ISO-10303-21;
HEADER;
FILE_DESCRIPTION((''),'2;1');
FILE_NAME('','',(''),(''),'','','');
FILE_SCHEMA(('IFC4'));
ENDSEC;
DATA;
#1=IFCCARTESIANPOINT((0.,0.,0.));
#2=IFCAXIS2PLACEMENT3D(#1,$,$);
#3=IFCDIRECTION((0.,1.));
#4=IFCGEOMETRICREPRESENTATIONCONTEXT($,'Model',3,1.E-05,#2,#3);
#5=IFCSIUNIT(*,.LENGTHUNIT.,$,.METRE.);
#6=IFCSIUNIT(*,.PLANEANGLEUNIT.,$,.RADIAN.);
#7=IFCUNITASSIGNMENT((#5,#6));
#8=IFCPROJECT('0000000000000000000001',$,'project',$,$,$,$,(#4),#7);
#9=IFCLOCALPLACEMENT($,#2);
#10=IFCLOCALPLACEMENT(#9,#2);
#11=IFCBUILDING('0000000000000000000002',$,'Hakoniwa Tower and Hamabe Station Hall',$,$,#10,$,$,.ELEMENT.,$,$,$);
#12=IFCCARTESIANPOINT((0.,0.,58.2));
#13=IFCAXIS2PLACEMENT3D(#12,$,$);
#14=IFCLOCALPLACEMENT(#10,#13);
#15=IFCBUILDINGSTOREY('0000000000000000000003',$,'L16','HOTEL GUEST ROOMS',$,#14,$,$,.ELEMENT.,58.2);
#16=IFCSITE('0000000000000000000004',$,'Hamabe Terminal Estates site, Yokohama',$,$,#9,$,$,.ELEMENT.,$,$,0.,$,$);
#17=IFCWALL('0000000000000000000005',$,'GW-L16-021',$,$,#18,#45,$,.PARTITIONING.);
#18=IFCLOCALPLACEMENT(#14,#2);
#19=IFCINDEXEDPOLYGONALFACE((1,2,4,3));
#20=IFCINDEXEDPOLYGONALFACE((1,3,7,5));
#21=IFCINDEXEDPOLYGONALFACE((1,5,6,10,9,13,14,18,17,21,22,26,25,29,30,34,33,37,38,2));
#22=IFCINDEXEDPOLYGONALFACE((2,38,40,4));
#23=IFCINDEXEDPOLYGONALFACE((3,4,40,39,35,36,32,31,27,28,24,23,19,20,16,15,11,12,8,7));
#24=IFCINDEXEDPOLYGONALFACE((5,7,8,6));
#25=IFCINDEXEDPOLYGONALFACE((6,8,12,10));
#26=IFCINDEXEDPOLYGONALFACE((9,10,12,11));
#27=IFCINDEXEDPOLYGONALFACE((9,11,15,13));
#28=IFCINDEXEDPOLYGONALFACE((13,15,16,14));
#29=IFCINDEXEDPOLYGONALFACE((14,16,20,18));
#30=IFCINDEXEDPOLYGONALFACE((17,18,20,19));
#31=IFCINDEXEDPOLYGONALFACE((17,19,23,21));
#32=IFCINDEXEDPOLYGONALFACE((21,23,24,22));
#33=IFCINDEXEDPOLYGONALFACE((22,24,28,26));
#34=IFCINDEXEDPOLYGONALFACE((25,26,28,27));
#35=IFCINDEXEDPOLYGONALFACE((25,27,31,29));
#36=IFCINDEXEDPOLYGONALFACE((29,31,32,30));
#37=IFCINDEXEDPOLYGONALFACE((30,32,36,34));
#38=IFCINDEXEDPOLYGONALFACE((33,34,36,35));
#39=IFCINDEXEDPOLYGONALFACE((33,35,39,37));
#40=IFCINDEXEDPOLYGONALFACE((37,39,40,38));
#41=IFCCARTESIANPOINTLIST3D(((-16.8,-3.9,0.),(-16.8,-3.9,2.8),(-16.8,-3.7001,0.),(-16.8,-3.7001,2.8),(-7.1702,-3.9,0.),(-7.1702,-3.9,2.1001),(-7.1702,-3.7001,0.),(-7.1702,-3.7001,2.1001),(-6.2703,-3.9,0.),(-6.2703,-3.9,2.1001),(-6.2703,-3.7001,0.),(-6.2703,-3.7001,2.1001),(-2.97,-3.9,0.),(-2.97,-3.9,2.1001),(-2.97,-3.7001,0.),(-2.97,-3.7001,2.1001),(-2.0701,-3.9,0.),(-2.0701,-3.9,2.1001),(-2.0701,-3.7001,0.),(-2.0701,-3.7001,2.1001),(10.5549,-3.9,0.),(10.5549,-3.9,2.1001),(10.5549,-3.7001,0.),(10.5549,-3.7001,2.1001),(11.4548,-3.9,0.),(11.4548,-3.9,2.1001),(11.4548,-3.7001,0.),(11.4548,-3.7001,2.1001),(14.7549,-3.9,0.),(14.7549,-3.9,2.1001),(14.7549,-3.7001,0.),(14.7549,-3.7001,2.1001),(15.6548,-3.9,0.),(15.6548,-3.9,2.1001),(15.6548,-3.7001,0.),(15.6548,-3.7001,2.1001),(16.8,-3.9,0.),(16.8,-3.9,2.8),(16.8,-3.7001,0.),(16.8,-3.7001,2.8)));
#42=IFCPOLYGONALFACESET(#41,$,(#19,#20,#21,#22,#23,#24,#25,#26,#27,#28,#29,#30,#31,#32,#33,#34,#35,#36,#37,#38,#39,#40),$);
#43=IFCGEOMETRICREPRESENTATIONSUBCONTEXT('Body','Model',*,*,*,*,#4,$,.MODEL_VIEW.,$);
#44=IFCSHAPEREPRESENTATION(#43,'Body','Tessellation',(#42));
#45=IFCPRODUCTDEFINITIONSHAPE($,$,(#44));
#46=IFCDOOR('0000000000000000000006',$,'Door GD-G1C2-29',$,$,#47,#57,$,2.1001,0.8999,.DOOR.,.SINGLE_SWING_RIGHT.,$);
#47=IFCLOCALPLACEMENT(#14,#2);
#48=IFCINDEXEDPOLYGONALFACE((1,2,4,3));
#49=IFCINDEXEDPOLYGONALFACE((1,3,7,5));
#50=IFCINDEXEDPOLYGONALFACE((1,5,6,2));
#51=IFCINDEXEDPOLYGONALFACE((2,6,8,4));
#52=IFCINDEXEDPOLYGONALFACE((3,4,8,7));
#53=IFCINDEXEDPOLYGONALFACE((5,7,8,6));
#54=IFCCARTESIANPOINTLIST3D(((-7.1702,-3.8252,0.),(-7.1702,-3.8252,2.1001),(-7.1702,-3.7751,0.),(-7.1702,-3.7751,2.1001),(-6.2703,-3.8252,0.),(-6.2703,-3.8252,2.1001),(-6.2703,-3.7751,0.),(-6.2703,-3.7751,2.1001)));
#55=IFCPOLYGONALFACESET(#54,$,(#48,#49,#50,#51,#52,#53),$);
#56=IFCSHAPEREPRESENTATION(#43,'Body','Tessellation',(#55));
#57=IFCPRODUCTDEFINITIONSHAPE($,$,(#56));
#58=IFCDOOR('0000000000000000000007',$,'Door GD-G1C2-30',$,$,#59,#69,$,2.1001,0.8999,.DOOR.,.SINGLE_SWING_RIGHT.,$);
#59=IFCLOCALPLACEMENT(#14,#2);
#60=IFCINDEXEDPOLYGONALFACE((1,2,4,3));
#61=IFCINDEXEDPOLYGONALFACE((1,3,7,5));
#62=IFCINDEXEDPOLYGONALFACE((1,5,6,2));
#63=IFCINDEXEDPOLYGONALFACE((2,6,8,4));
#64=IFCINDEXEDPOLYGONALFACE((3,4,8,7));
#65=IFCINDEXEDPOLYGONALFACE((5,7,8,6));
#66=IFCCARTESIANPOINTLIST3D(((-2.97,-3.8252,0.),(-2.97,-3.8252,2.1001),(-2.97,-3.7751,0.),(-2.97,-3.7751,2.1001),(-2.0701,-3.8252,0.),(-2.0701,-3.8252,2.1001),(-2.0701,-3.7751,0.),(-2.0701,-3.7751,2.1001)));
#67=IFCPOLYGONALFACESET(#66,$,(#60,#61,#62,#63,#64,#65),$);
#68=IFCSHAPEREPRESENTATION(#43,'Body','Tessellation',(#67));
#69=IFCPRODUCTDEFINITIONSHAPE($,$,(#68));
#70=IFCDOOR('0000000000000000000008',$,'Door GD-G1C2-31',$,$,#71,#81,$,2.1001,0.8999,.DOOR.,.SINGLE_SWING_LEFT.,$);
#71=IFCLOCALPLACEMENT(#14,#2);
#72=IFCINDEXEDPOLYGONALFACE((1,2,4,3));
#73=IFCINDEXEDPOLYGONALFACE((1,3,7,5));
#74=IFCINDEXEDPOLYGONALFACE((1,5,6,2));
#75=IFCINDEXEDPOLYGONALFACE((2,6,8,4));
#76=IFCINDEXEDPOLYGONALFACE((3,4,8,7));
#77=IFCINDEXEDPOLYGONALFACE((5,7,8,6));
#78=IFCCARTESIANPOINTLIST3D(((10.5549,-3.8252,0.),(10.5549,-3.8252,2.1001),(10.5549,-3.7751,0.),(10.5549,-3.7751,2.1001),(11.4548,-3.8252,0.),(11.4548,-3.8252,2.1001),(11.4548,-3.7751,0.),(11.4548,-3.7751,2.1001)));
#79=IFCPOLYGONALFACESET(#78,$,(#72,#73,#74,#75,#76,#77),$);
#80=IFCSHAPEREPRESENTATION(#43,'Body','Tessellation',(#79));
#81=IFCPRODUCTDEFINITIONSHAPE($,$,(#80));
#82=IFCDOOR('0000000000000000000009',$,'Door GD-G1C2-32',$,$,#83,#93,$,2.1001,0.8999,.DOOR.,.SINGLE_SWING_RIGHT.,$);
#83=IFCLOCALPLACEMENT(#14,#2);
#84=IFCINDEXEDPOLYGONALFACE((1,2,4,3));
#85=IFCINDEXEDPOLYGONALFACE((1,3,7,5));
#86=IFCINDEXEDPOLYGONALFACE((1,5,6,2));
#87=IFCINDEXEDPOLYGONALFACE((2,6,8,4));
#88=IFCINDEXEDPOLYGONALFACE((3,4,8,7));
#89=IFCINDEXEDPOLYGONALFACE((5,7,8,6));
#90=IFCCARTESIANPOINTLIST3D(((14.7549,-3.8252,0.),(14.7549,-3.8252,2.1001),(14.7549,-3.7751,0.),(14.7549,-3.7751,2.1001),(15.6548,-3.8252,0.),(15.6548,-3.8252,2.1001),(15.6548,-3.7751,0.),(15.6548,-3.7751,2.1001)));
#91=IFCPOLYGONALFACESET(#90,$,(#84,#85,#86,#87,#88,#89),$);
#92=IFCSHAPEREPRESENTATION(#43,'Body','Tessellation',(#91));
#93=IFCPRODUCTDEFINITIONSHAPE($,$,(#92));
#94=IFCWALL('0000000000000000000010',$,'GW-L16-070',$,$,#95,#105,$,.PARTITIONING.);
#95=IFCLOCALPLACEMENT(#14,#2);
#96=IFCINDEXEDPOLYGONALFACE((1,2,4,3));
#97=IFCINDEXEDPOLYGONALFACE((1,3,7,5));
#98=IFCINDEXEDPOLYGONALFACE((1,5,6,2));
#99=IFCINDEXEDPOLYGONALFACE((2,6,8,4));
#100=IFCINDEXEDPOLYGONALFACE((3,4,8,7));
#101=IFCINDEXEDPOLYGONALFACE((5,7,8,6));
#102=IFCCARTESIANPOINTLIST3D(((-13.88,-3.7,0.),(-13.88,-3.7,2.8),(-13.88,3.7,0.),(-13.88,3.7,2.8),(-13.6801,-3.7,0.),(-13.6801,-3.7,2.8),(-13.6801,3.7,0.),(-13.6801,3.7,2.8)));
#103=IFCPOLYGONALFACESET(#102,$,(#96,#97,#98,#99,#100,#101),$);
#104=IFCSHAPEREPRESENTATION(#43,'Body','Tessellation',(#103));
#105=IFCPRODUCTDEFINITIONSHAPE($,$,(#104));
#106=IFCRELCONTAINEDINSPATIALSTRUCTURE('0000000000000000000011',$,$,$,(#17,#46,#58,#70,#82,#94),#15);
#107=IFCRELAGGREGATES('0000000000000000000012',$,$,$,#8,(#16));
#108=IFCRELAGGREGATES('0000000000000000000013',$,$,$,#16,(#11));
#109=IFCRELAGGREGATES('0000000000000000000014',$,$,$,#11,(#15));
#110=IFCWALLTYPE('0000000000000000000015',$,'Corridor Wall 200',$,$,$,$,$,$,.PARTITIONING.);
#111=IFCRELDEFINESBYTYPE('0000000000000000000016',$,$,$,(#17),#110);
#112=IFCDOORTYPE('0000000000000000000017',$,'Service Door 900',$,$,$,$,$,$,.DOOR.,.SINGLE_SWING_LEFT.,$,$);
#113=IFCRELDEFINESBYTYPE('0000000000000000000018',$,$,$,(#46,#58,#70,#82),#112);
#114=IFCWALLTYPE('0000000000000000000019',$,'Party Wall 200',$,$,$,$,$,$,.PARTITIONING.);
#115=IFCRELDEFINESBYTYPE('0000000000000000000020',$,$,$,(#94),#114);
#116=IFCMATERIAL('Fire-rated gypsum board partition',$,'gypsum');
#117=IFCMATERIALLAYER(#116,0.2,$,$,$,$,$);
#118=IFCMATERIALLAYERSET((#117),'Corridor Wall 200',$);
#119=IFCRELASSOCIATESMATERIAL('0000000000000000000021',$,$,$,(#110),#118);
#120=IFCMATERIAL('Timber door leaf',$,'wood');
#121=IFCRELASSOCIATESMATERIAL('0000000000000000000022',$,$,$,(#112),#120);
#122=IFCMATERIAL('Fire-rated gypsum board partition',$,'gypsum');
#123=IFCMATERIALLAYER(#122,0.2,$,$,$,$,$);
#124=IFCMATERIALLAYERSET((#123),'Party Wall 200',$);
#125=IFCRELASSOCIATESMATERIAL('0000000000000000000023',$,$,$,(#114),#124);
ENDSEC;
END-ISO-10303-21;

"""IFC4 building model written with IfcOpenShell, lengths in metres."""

from ifc_helpers import new_model, si_unit, direction, frame, frame_2d, origin, place, context, subcontext, project, spatial, rectangle, extrude, material, layer, layer_set, type_object, element, fill, save


model = new_model("IFC4")

# Units and contexts
model_context = context("Model", 3, precision=1e-05, world=origin(), true_north=direction((0.0, 1.0)))
body_context = subcontext(model_context, "Body", "Model", "MODEL_VIEW")
ifc_project = project(units=[si_unit("LENGTHUNIT", "METRE"), si_unit("PLANEANGLEUNIT", "RADIAN")], contexts=[model_context])

# Site, building, storey
site_placement = place(None, origin())
site = spatial("IfcSite", under=ifc_project, at=site_placement, Name="Hamabe Terminal Estates site, Yokohama", CompositionType="ELEMENT", RefElevation=0.0)
building_placement = place(site_placement, origin())
building = spatial("IfcBuilding", under=site, at=building_placement, Name="Hakoniwa Tower and Hamabe Station Hall", CompositionType="ELEMENT")
storey_placement = place(building_placement, frame((0.0, 0.0, 58.2)))
storey = spatial("IfcBuildingStorey", under=building, at=storey_placement, Name="L16", Description="HOTEL GUEST ROOMS", CompositionType="ELEMENT", Elevation=58.2)

# Wall, openings, doors
ifc_material_1 = material(Name="Fire-rated gypsum board partition", Category="gypsum")
ifc_layer_1 = layer(ifc_material_1, 0.2)
ifc_layer_set_1 = layer_set([ifc_layer_1], Name="Corridor Wall 200")
wall_type_1 = type_object("IfcWallType", Name="Corridor Wall 200", PredefinedType="PARTITIONING", material=ifc_layer_set_1)
wall_1_placement = place(storey_placement, frame((-16.8, -3.8, 0.0), z_axis=(0.0, 0.0, 1.0), x_axis=(1.0, 0.0, 0.0)))
wall_1 = element("IfcWall", 1, at=wall_1_placement, inside=storey, type_object=wall_type_1, Name="GW-L16-021", PredefinedType="PARTITIONING", context=body_context, shape_type="SweptSolid", body=[
    extrude(rectangle(XDim=33.6001, YDim=0.2, at=frame_2d((16.8, 0.0))), origin(), (0.0, 0.0, 1.0), 2.8),
])
opening_1_placement = place(wall_1_placement, frame((9.6299, 0.0, 0.0)))
opening_1 = element("IfcOpeningElement", 2, at=opening_1_placement, cuts=wall_1, PredefinedType="OPENING", context=body_context, shape_type="SweptSolid", body=[
    extrude(rectangle(XDim=0.8999, YDim=2.1001, at=frame_2d((0.45, 1.05))), frame((0.0, 0.1099, 0.0), z_axis=(0.0, -1.0, 0.0), x_axis=(1.0, 0.0, 0.0)), (0.0, 0.0, 1.0), 0.22),
])
opening_2_placement = place(wall_1_placement, frame((13.8301, 0.0, 0.0)))
opening_2 = element("IfcOpeningElement", 3, at=opening_2_placement, cuts=wall_1, PredefinedType="OPENING", context=body_context, shape_type="SweptSolid", body=[
    extrude(rectangle(XDim=0.8999, YDim=2.1001, at=frame_2d((0.45, 1.05))), frame((0.0, 0.1099, 0.0), z_axis=(0.0, -1.0, 0.0), x_axis=(1.0, 0.0, 0.0)), (0.0, 0.0, 1.0), 0.22),
])
opening_3_placement = place(wall_1_placement, frame((27.355, 0.0, 0.0)))
opening_3 = element("IfcOpeningElement", 4, at=opening_3_placement, cuts=wall_1, PredefinedType="OPENING", context=body_context, shape_type="SweptSolid", body=[
    extrude(rectangle(XDim=0.8999, YDim=2.1001, at=frame_2d((0.45, 1.05))), frame((0.0, 0.1099, 0.0), z_axis=(0.0, -1.0, 0.0), x_axis=(1.0, 0.0, 0.0)), (0.0, 0.0, 1.0), 0.22),
])
opening_4_placement = place(wall_1_placement, frame((31.5549, 0.0, 0.0)))
opening_4 = element("IfcOpeningElement", 5, at=opening_4_placement, cuts=wall_1, PredefinedType="OPENING", context=body_context, shape_type="SweptSolid", body=[
    extrude(rectangle(XDim=0.8999, YDim=2.1001, at=frame_2d((0.45, 1.05))), frame((0.0, 0.1099, 0.0), z_axis=(0.0, -1.0, 0.0), x_axis=(1.0, 0.0, 0.0)), (0.0, 0.0, 1.0), 0.22),
])
ifc_material_2 = material(Name="Timber door leaf", Category="wood")
door_type_1 = type_object("IfcDoorType", Name="Service Door 900", OperationType="SINGLE_SWING_LEFT", PredefinedType="DOOR", material=ifc_material_2)
door_1_placement = place(opening_1_placement, origin())
door_1 = element("IfcDoor", 6, at=door_1_placement, inside=storey, type_object=door_type_1, Name="Door GD-G1C2-29", OperationType="SINGLE_SWING_RIGHT", OverallHeight=2.1001, OverallWidth=0.8999, PredefinedType="DOOR", context=body_context, shape_type="SweptSolid", body=[
    extrude(rectangle(XDim=0.8999, YDim=2.1001, at=frame_2d((0.45, 1.05))), frame((0.0, 0.0249, 0.0), z_axis=(0.0, -1.0, 0.0), x_axis=(1.0, 0.0, 0.0)), (0.0, 0.0, 1.0), 0.05),
])
fill(opening_1, door_1)
door_2_placement = place(opening_2_placement, origin())
door_2 = element("IfcDoor", 7, at=door_2_placement, inside=storey, type_object=door_type_1, Name="Door GD-G1C2-30", OperationType="SINGLE_SWING_RIGHT", OverallHeight=2.1001, OverallWidth=0.8999, PredefinedType="DOOR", context=body_context, shape_type="SweptSolid", body=[
    extrude(rectangle(XDim=0.8999, YDim=2.1001, at=frame_2d((0.45, 1.05))), frame((0.0, 0.0249, 0.0), z_axis=(0.0, -1.0, 0.0), x_axis=(1.0, 0.0, 0.0)), (0.0, 0.0, 1.0), 0.05),
])
fill(opening_2, door_2)
door_3_placement = place(opening_3_placement, origin())
door_3 = element("IfcDoor", 8, at=door_3_placement, inside=storey, type_object=door_type_1, Name="Door GD-G1C2-31", OperationType="SINGLE_SWING_LEFT", OverallHeight=2.1001, OverallWidth=0.8999, PredefinedType="DOOR", context=body_context, shape_type="SweptSolid", body=[
    extrude(rectangle(XDim=0.8999, YDim=2.1001, at=frame_2d((0.45, 1.05))), frame((0.0, 0.0249, 0.0), z_axis=(0.0, -1.0, 0.0), x_axis=(1.0, 0.0, 0.0)), (0.0, 0.0, 1.0), 0.05),
])
fill(opening_3, door_3)
door_4_placement = place(opening_4_placement, origin())
door_4 = element("IfcDoor", 9, at=door_4_placement, inside=storey, type_object=door_type_1, Name="Door GD-G1C2-32", OperationType="SINGLE_SWING_RIGHT", OverallHeight=2.1001, OverallWidth=0.8999, PredefinedType="DOOR", context=body_context, shape_type="SweptSolid", body=[
    extrude(rectangle(XDim=0.8999, YDim=2.1001, at=frame_2d((0.45, 1.05))), frame((0.0, 0.0249, 0.0), z_axis=(0.0, -1.0, 0.0), x_axis=(1.0, 0.0, 0.0)), (0.0, 0.0, 1.0), 0.05),
])
fill(opening_4, door_4)

# Wall
ifc_material_3 = material(Name="Fire-rated gypsum board partition", Category="gypsum")
ifc_layer_2 = layer(ifc_material_3, 0.2)
ifc_layer_set_2 = layer_set([ifc_layer_2], Name="Party Wall 200")
wall_type_2 = type_object("IfcWallType", Name="Party Wall 200", PredefinedType="PARTITIONING", material=ifc_layer_set_2)
wall_2_placement = place(storey_placement, frame((-13.78, -3.7, 0.0), z_axis=(0.0, 0.0, 1.0), x_axis=(0.0, 1.0, 0.0)))
element("IfcWall", 10, at=wall_2_placement, inside=storey, type_object=wall_type_2, Name="GW-L16-070", PredefinedType="PARTITIONING", context=body_context, shape_type="SweptSolid", body=[
    extrude(rectangle(XDim=7.3999, YDim=0.2, at=frame_2d((3.7, 0.0))), origin(), (0.0, 0.0, 1.0), 2.8),
])

save(model, "model.ifc")
